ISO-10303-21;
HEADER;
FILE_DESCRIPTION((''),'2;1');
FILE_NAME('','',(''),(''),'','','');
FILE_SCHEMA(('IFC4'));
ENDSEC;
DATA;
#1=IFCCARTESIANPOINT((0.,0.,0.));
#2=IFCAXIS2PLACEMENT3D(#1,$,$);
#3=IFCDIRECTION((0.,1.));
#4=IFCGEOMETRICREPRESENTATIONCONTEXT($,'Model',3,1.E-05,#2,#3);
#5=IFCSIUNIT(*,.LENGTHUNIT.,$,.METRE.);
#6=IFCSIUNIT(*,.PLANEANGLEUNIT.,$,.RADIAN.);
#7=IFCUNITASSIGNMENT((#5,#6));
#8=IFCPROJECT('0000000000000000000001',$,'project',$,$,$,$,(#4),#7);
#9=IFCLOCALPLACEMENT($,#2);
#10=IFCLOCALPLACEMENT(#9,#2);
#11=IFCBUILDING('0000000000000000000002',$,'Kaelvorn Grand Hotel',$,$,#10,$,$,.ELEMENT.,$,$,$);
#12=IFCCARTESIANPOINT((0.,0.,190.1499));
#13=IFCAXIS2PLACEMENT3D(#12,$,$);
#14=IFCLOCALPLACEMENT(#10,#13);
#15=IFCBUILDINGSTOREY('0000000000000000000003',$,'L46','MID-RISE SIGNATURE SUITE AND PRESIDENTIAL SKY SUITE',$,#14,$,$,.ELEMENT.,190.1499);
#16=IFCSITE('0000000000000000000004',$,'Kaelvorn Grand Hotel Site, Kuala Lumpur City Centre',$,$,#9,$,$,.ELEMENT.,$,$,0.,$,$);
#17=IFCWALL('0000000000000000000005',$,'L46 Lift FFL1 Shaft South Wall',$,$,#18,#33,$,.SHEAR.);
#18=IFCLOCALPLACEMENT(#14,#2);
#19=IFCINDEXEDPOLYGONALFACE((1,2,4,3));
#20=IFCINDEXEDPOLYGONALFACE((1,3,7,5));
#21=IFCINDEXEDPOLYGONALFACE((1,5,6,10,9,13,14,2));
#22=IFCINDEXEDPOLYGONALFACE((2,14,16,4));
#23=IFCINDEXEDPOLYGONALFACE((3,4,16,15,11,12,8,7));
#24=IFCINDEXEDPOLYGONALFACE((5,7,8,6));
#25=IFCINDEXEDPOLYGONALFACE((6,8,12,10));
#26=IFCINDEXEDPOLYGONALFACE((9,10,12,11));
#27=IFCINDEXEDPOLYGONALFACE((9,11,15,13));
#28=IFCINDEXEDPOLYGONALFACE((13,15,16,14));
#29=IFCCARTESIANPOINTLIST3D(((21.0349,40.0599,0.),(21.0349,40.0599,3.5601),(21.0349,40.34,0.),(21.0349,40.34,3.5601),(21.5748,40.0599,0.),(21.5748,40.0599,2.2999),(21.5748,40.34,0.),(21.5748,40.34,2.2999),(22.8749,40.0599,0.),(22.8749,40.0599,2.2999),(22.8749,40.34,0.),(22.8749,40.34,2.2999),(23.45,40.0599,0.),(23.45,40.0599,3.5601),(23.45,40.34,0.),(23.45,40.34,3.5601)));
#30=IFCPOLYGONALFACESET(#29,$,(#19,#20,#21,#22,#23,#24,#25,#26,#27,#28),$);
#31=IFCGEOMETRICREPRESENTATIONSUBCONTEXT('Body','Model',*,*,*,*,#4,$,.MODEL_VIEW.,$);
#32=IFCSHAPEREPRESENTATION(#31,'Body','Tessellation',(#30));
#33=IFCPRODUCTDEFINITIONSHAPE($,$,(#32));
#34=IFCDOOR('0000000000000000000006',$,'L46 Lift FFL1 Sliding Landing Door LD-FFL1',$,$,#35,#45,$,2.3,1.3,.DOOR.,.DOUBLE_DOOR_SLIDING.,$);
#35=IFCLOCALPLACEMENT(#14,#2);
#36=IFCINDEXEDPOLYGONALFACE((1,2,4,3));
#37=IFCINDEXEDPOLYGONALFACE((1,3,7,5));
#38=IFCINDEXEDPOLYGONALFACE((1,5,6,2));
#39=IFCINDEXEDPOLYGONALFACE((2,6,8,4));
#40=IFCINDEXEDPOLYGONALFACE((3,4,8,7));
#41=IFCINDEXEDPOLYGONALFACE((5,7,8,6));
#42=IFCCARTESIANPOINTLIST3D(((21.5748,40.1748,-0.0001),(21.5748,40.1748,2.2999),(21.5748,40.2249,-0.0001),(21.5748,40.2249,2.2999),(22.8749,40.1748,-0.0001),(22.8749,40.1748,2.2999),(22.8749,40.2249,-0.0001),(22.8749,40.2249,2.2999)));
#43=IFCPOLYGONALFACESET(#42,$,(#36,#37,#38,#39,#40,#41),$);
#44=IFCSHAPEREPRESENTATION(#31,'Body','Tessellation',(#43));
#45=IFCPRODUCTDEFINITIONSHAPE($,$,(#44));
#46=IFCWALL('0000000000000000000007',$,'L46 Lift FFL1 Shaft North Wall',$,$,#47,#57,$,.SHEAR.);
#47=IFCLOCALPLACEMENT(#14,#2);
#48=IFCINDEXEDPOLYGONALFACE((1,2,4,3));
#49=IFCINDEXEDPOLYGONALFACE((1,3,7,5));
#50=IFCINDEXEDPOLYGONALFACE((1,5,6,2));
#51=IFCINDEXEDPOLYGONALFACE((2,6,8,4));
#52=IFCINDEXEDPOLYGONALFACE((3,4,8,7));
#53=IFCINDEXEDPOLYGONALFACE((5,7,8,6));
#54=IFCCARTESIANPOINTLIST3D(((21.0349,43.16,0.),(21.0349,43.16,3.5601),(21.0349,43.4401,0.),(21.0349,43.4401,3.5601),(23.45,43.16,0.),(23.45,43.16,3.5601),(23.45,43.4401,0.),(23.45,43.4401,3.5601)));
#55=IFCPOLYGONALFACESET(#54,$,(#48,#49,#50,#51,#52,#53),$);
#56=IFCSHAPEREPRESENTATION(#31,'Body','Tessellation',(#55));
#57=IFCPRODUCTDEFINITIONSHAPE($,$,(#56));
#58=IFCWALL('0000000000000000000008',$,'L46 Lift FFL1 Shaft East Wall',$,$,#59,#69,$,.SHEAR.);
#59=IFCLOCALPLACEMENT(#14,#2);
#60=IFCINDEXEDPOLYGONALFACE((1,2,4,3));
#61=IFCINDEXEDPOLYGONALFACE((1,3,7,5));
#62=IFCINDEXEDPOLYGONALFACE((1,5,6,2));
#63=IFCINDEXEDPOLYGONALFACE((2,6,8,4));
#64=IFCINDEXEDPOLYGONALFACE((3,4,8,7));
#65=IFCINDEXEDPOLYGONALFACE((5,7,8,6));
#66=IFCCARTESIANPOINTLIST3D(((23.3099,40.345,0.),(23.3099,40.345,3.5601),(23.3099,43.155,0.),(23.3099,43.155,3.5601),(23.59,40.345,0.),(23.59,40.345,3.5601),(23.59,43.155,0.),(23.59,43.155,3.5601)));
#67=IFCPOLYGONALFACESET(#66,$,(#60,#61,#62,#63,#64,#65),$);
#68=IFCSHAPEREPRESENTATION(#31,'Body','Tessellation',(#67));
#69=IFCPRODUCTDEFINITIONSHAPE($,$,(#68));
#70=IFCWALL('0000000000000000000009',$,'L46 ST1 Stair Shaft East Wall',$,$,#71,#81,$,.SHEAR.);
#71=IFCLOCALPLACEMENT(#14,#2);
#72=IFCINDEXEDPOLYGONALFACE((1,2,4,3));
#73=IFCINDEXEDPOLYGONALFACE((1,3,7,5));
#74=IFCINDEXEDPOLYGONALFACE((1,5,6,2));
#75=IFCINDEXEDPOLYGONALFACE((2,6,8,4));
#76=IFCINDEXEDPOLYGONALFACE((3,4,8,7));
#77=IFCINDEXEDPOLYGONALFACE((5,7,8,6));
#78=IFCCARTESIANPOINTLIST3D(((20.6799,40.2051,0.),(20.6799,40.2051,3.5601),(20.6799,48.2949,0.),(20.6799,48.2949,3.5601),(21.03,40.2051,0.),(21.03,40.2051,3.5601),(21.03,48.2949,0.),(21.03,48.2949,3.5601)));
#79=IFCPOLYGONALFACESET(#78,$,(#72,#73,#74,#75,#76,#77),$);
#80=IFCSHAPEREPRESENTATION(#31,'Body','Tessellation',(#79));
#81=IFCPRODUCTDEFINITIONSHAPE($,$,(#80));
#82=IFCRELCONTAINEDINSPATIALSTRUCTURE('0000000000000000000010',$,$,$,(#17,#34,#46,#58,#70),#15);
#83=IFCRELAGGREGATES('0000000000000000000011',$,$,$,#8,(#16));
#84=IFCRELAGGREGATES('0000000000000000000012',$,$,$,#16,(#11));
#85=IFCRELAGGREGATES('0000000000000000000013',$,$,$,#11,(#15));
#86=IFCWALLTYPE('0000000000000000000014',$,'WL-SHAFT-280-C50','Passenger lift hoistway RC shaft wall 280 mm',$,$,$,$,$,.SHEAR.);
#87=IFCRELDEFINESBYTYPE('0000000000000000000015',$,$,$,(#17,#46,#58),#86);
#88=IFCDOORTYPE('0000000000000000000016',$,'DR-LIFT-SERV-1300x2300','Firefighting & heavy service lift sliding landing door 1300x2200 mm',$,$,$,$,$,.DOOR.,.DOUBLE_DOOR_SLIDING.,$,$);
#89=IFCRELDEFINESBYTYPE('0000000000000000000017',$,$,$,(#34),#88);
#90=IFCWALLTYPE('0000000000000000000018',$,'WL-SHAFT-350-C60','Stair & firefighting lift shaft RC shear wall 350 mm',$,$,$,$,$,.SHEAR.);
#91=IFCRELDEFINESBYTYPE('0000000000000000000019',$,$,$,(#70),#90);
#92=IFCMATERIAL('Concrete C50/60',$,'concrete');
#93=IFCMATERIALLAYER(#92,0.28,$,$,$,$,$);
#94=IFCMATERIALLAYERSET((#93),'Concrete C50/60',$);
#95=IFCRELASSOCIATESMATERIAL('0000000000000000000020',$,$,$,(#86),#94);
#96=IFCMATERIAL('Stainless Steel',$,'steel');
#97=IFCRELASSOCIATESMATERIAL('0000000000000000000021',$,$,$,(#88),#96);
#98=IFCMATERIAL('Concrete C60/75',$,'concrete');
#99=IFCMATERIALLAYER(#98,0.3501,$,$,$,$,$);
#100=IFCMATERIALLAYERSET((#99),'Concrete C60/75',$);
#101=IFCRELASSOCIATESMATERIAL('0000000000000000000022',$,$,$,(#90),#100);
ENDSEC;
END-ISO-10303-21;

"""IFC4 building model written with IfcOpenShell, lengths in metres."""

from ifc_helpers import new_model, si_unit, direction, frame, frame_2d, origin, place, context, subcontext, project, spatial, rectangle, extrude, material, layer, layer_set, type_object, element, fill, save


model = new_model("IFC4")

# Units and contexts
model_context = context("Model", 3, precision=1e-05, world=origin(), true_north=direction((0.0, 1.0)))
body_context = subcontext(model_context, "Body", "Model", "MODEL_VIEW")
ifc_project = project(units=[si_unit("LENGTHUNIT", "METRE"), si_unit("PLANEANGLEUNIT", "RADIAN")], contexts=[model_context])

# Site, building, storey
site_placement = place(None, origin())
site = spatial("IfcSite", under=ifc_project, at=site_placement, Name="Kaelvorn Grand Hotel Site, Kuala Lumpur City Centre", CompositionType="ELEMENT", RefElevation=0.0)
building_placement = place(site_placement, origin())
building = spatial("IfcBuilding", under=site, at=building_placement, Name="Kaelvorn Grand Hotel", CompositionType="ELEMENT")
storey_placement = place(building_placement, frame((0.0, 0.0, 190.1499)))
storey = spatial("IfcBuildingStorey", under=building, at=storey_placement, Name="L46", Description="MID-RISE SIGNATURE SUITE AND PRESIDENTIAL SKY SUITE", CompositionType="ELEMENT", Elevation=190.1499)

# Shared definitions
ifc_material_1 = material(Name="Concrete C60/75", Category="concrete")

# Shared definitions
ifc_material_2 = material(Name="Concrete C50/60", Category="concrete")

# Wall, opening, door
ifc_layer_1 = layer(ifc_material_2, 0.28)
ifc_layer_set_1 = layer_set([ifc_layer_1], Name="Concrete C50/60")
wall_type_1 = type_object("IfcWallType", Name="WL-SHAFT-280-C50", Description="Passenger lift hoistway RC shaft wall 280 mm", PredefinedType="SHEAR", material=ifc_layer_set_1)
wall_1_placement = place(storey_placement, frame((21.0349, 40.2, 0.0), z_axis=(0.0, 0.0, 1.0), x_axis=(1.0, 0.0, 0.0)))
wall_1 = element("IfcWall", 1, at=wall_1_placement, inside=storey, type_object=wall_type_1, Name="L46 Lift FFL1 Shaft South Wall", PredefinedType="SHEAR", context=body_context, shape_type="SweptSolid", body=[
    extrude(rectangle(XDim=2.415, YDim=0.28, at=frame_2d((1.2075, 0.0))), origin(), (0.0, 0.0, 1.0), 3.5601),
])
opening_1_placement = place(wall_1_placement, frame((0.54, 0.0, 0.0)))
opening_1 = element("IfcOpeningElement", 2, at=opening_1_placement, cuts=wall_1, PredefinedType="OPENING", context=body_context, shape_type="SweptSolid", body=[
    extrude(rectangle(XDim=1.3, YDim=2.3, at=frame_2d((0.6499, 1.1499))), frame((0.0, 0.1499, 0.0), z_axis=(0.0, -1.0, 0.0), x_axis=(1.0, 0.0, 0.0)), (0.0, 0.0, 1.0), 0.3),
])
ifc_material_3 = material(Name="Stainless Steel", Category="steel")
door_type_1 = type_object("IfcDoorType", Name="DR-LIFT-SERV-1300x2300", Description="Firefighting & heavy service lift sliding landing door 1300x2200 mm", OperationType="DOUBLE_DOOR_SLIDING", PredefinedType="DOOR", material=ifc_material_3)
door_1_placement = place(opening_1_placement, origin())
door_1 = element("IfcDoor", 3, at=door_1_placement, inside=storey, type_object=door_type_1, Name="L46 Lift FFL1 Sliding Landing Door LD-FFL1", OperationType="DOUBLE_DOOR_SLIDING", OverallHeight=2.3, OverallWidth=1.3, PredefinedType="DOOR", context=body_context, shape_type="SweptSolid", body=[
    extrude(rectangle(XDim=1.3, YDim=2.3, at=frame_2d((0.6499, 1.1499))), frame((0.0, 0.0249, 0.0), z_axis=(0.0, -1.0, 0.0), x_axis=(1.0, 0.0, 0.0)), (0.0, 0.0, 1.0), 0.05),
])
fill(opening_1, door_1)

# Walls
wall_2_placement = place(storey_placement, frame((21.0349, 43.3, 0.0), z_axis=(0.0, 0.0, 1.0), x_axis=(1.0, 0.0, 0.0)))
element("IfcWall", 4, at=wall_2_placement, inside=storey, type_object=wall_type_1, Name="L46 Lift FFL1 Shaft North Wall", PredefinedType="SHEAR", context=body_context, shape_type="SweptSolid", body=[
    extrude(rectangle(XDim=2.415, YDim=0.28, at=frame_2d((1.2075, 0.0))), origin(), (0.0, 0.0, 1.0), 3.5601),
])
wall_3_placement = place(storey_placement, frame((23.45, 40.345, 0.0), z_axis=(0.0, 0.0, 1.0), x_axis=(0.0, 1.0, 0.0)))
element("IfcWall", 5, at=wall_3_placement, inside=storey, type_object=wall_type_1, Name="L46 Lift FFL1 Shaft East Wall", PredefinedType="SHEAR", context=body_context, shape_type="SweptSolid", body=[
    extrude(rectangle(XDim=2.8101, YDim=0.28, at=frame_2d((1.405, 0.0))), origin(), (0.0, 0.0, 1.0), 3.5601),
])
ifc_layer_2 = layer(ifc_material_1, 0.3501)
ifc_layer_set_2 = layer_set([ifc_layer_2], Name="Concrete C60/75")
wall_type_2 = type_object("IfcWallType", Name="WL-SHAFT-350-C60", Description="Stair & firefighting lift shaft RC shear wall 350 mm", PredefinedType="SHEAR", material=ifc_layer_set_2)
wall_4_placement = place(storey_placement, frame((20.855, 40.2051, 0.0), z_axis=(0.0, 0.0, 1.0), x_axis=(0.0, 1.0, 0.0)))
element("IfcWall", 6, at=wall_4_placement, inside=storey, type_object=wall_type_2, Name="L46 ST1 Stair Shaft East Wall", PredefinedType="SHEAR", context=body_context, shape_type="SweptSolid", body=[
    extrude(rectangle(XDim=8.0898, YDim=0.3501, at=frame_2d((4.0449, 0.0))), origin(), (0.0, 0.0, 1.0), 3.5601),
])

save(model, "model.ifc")
